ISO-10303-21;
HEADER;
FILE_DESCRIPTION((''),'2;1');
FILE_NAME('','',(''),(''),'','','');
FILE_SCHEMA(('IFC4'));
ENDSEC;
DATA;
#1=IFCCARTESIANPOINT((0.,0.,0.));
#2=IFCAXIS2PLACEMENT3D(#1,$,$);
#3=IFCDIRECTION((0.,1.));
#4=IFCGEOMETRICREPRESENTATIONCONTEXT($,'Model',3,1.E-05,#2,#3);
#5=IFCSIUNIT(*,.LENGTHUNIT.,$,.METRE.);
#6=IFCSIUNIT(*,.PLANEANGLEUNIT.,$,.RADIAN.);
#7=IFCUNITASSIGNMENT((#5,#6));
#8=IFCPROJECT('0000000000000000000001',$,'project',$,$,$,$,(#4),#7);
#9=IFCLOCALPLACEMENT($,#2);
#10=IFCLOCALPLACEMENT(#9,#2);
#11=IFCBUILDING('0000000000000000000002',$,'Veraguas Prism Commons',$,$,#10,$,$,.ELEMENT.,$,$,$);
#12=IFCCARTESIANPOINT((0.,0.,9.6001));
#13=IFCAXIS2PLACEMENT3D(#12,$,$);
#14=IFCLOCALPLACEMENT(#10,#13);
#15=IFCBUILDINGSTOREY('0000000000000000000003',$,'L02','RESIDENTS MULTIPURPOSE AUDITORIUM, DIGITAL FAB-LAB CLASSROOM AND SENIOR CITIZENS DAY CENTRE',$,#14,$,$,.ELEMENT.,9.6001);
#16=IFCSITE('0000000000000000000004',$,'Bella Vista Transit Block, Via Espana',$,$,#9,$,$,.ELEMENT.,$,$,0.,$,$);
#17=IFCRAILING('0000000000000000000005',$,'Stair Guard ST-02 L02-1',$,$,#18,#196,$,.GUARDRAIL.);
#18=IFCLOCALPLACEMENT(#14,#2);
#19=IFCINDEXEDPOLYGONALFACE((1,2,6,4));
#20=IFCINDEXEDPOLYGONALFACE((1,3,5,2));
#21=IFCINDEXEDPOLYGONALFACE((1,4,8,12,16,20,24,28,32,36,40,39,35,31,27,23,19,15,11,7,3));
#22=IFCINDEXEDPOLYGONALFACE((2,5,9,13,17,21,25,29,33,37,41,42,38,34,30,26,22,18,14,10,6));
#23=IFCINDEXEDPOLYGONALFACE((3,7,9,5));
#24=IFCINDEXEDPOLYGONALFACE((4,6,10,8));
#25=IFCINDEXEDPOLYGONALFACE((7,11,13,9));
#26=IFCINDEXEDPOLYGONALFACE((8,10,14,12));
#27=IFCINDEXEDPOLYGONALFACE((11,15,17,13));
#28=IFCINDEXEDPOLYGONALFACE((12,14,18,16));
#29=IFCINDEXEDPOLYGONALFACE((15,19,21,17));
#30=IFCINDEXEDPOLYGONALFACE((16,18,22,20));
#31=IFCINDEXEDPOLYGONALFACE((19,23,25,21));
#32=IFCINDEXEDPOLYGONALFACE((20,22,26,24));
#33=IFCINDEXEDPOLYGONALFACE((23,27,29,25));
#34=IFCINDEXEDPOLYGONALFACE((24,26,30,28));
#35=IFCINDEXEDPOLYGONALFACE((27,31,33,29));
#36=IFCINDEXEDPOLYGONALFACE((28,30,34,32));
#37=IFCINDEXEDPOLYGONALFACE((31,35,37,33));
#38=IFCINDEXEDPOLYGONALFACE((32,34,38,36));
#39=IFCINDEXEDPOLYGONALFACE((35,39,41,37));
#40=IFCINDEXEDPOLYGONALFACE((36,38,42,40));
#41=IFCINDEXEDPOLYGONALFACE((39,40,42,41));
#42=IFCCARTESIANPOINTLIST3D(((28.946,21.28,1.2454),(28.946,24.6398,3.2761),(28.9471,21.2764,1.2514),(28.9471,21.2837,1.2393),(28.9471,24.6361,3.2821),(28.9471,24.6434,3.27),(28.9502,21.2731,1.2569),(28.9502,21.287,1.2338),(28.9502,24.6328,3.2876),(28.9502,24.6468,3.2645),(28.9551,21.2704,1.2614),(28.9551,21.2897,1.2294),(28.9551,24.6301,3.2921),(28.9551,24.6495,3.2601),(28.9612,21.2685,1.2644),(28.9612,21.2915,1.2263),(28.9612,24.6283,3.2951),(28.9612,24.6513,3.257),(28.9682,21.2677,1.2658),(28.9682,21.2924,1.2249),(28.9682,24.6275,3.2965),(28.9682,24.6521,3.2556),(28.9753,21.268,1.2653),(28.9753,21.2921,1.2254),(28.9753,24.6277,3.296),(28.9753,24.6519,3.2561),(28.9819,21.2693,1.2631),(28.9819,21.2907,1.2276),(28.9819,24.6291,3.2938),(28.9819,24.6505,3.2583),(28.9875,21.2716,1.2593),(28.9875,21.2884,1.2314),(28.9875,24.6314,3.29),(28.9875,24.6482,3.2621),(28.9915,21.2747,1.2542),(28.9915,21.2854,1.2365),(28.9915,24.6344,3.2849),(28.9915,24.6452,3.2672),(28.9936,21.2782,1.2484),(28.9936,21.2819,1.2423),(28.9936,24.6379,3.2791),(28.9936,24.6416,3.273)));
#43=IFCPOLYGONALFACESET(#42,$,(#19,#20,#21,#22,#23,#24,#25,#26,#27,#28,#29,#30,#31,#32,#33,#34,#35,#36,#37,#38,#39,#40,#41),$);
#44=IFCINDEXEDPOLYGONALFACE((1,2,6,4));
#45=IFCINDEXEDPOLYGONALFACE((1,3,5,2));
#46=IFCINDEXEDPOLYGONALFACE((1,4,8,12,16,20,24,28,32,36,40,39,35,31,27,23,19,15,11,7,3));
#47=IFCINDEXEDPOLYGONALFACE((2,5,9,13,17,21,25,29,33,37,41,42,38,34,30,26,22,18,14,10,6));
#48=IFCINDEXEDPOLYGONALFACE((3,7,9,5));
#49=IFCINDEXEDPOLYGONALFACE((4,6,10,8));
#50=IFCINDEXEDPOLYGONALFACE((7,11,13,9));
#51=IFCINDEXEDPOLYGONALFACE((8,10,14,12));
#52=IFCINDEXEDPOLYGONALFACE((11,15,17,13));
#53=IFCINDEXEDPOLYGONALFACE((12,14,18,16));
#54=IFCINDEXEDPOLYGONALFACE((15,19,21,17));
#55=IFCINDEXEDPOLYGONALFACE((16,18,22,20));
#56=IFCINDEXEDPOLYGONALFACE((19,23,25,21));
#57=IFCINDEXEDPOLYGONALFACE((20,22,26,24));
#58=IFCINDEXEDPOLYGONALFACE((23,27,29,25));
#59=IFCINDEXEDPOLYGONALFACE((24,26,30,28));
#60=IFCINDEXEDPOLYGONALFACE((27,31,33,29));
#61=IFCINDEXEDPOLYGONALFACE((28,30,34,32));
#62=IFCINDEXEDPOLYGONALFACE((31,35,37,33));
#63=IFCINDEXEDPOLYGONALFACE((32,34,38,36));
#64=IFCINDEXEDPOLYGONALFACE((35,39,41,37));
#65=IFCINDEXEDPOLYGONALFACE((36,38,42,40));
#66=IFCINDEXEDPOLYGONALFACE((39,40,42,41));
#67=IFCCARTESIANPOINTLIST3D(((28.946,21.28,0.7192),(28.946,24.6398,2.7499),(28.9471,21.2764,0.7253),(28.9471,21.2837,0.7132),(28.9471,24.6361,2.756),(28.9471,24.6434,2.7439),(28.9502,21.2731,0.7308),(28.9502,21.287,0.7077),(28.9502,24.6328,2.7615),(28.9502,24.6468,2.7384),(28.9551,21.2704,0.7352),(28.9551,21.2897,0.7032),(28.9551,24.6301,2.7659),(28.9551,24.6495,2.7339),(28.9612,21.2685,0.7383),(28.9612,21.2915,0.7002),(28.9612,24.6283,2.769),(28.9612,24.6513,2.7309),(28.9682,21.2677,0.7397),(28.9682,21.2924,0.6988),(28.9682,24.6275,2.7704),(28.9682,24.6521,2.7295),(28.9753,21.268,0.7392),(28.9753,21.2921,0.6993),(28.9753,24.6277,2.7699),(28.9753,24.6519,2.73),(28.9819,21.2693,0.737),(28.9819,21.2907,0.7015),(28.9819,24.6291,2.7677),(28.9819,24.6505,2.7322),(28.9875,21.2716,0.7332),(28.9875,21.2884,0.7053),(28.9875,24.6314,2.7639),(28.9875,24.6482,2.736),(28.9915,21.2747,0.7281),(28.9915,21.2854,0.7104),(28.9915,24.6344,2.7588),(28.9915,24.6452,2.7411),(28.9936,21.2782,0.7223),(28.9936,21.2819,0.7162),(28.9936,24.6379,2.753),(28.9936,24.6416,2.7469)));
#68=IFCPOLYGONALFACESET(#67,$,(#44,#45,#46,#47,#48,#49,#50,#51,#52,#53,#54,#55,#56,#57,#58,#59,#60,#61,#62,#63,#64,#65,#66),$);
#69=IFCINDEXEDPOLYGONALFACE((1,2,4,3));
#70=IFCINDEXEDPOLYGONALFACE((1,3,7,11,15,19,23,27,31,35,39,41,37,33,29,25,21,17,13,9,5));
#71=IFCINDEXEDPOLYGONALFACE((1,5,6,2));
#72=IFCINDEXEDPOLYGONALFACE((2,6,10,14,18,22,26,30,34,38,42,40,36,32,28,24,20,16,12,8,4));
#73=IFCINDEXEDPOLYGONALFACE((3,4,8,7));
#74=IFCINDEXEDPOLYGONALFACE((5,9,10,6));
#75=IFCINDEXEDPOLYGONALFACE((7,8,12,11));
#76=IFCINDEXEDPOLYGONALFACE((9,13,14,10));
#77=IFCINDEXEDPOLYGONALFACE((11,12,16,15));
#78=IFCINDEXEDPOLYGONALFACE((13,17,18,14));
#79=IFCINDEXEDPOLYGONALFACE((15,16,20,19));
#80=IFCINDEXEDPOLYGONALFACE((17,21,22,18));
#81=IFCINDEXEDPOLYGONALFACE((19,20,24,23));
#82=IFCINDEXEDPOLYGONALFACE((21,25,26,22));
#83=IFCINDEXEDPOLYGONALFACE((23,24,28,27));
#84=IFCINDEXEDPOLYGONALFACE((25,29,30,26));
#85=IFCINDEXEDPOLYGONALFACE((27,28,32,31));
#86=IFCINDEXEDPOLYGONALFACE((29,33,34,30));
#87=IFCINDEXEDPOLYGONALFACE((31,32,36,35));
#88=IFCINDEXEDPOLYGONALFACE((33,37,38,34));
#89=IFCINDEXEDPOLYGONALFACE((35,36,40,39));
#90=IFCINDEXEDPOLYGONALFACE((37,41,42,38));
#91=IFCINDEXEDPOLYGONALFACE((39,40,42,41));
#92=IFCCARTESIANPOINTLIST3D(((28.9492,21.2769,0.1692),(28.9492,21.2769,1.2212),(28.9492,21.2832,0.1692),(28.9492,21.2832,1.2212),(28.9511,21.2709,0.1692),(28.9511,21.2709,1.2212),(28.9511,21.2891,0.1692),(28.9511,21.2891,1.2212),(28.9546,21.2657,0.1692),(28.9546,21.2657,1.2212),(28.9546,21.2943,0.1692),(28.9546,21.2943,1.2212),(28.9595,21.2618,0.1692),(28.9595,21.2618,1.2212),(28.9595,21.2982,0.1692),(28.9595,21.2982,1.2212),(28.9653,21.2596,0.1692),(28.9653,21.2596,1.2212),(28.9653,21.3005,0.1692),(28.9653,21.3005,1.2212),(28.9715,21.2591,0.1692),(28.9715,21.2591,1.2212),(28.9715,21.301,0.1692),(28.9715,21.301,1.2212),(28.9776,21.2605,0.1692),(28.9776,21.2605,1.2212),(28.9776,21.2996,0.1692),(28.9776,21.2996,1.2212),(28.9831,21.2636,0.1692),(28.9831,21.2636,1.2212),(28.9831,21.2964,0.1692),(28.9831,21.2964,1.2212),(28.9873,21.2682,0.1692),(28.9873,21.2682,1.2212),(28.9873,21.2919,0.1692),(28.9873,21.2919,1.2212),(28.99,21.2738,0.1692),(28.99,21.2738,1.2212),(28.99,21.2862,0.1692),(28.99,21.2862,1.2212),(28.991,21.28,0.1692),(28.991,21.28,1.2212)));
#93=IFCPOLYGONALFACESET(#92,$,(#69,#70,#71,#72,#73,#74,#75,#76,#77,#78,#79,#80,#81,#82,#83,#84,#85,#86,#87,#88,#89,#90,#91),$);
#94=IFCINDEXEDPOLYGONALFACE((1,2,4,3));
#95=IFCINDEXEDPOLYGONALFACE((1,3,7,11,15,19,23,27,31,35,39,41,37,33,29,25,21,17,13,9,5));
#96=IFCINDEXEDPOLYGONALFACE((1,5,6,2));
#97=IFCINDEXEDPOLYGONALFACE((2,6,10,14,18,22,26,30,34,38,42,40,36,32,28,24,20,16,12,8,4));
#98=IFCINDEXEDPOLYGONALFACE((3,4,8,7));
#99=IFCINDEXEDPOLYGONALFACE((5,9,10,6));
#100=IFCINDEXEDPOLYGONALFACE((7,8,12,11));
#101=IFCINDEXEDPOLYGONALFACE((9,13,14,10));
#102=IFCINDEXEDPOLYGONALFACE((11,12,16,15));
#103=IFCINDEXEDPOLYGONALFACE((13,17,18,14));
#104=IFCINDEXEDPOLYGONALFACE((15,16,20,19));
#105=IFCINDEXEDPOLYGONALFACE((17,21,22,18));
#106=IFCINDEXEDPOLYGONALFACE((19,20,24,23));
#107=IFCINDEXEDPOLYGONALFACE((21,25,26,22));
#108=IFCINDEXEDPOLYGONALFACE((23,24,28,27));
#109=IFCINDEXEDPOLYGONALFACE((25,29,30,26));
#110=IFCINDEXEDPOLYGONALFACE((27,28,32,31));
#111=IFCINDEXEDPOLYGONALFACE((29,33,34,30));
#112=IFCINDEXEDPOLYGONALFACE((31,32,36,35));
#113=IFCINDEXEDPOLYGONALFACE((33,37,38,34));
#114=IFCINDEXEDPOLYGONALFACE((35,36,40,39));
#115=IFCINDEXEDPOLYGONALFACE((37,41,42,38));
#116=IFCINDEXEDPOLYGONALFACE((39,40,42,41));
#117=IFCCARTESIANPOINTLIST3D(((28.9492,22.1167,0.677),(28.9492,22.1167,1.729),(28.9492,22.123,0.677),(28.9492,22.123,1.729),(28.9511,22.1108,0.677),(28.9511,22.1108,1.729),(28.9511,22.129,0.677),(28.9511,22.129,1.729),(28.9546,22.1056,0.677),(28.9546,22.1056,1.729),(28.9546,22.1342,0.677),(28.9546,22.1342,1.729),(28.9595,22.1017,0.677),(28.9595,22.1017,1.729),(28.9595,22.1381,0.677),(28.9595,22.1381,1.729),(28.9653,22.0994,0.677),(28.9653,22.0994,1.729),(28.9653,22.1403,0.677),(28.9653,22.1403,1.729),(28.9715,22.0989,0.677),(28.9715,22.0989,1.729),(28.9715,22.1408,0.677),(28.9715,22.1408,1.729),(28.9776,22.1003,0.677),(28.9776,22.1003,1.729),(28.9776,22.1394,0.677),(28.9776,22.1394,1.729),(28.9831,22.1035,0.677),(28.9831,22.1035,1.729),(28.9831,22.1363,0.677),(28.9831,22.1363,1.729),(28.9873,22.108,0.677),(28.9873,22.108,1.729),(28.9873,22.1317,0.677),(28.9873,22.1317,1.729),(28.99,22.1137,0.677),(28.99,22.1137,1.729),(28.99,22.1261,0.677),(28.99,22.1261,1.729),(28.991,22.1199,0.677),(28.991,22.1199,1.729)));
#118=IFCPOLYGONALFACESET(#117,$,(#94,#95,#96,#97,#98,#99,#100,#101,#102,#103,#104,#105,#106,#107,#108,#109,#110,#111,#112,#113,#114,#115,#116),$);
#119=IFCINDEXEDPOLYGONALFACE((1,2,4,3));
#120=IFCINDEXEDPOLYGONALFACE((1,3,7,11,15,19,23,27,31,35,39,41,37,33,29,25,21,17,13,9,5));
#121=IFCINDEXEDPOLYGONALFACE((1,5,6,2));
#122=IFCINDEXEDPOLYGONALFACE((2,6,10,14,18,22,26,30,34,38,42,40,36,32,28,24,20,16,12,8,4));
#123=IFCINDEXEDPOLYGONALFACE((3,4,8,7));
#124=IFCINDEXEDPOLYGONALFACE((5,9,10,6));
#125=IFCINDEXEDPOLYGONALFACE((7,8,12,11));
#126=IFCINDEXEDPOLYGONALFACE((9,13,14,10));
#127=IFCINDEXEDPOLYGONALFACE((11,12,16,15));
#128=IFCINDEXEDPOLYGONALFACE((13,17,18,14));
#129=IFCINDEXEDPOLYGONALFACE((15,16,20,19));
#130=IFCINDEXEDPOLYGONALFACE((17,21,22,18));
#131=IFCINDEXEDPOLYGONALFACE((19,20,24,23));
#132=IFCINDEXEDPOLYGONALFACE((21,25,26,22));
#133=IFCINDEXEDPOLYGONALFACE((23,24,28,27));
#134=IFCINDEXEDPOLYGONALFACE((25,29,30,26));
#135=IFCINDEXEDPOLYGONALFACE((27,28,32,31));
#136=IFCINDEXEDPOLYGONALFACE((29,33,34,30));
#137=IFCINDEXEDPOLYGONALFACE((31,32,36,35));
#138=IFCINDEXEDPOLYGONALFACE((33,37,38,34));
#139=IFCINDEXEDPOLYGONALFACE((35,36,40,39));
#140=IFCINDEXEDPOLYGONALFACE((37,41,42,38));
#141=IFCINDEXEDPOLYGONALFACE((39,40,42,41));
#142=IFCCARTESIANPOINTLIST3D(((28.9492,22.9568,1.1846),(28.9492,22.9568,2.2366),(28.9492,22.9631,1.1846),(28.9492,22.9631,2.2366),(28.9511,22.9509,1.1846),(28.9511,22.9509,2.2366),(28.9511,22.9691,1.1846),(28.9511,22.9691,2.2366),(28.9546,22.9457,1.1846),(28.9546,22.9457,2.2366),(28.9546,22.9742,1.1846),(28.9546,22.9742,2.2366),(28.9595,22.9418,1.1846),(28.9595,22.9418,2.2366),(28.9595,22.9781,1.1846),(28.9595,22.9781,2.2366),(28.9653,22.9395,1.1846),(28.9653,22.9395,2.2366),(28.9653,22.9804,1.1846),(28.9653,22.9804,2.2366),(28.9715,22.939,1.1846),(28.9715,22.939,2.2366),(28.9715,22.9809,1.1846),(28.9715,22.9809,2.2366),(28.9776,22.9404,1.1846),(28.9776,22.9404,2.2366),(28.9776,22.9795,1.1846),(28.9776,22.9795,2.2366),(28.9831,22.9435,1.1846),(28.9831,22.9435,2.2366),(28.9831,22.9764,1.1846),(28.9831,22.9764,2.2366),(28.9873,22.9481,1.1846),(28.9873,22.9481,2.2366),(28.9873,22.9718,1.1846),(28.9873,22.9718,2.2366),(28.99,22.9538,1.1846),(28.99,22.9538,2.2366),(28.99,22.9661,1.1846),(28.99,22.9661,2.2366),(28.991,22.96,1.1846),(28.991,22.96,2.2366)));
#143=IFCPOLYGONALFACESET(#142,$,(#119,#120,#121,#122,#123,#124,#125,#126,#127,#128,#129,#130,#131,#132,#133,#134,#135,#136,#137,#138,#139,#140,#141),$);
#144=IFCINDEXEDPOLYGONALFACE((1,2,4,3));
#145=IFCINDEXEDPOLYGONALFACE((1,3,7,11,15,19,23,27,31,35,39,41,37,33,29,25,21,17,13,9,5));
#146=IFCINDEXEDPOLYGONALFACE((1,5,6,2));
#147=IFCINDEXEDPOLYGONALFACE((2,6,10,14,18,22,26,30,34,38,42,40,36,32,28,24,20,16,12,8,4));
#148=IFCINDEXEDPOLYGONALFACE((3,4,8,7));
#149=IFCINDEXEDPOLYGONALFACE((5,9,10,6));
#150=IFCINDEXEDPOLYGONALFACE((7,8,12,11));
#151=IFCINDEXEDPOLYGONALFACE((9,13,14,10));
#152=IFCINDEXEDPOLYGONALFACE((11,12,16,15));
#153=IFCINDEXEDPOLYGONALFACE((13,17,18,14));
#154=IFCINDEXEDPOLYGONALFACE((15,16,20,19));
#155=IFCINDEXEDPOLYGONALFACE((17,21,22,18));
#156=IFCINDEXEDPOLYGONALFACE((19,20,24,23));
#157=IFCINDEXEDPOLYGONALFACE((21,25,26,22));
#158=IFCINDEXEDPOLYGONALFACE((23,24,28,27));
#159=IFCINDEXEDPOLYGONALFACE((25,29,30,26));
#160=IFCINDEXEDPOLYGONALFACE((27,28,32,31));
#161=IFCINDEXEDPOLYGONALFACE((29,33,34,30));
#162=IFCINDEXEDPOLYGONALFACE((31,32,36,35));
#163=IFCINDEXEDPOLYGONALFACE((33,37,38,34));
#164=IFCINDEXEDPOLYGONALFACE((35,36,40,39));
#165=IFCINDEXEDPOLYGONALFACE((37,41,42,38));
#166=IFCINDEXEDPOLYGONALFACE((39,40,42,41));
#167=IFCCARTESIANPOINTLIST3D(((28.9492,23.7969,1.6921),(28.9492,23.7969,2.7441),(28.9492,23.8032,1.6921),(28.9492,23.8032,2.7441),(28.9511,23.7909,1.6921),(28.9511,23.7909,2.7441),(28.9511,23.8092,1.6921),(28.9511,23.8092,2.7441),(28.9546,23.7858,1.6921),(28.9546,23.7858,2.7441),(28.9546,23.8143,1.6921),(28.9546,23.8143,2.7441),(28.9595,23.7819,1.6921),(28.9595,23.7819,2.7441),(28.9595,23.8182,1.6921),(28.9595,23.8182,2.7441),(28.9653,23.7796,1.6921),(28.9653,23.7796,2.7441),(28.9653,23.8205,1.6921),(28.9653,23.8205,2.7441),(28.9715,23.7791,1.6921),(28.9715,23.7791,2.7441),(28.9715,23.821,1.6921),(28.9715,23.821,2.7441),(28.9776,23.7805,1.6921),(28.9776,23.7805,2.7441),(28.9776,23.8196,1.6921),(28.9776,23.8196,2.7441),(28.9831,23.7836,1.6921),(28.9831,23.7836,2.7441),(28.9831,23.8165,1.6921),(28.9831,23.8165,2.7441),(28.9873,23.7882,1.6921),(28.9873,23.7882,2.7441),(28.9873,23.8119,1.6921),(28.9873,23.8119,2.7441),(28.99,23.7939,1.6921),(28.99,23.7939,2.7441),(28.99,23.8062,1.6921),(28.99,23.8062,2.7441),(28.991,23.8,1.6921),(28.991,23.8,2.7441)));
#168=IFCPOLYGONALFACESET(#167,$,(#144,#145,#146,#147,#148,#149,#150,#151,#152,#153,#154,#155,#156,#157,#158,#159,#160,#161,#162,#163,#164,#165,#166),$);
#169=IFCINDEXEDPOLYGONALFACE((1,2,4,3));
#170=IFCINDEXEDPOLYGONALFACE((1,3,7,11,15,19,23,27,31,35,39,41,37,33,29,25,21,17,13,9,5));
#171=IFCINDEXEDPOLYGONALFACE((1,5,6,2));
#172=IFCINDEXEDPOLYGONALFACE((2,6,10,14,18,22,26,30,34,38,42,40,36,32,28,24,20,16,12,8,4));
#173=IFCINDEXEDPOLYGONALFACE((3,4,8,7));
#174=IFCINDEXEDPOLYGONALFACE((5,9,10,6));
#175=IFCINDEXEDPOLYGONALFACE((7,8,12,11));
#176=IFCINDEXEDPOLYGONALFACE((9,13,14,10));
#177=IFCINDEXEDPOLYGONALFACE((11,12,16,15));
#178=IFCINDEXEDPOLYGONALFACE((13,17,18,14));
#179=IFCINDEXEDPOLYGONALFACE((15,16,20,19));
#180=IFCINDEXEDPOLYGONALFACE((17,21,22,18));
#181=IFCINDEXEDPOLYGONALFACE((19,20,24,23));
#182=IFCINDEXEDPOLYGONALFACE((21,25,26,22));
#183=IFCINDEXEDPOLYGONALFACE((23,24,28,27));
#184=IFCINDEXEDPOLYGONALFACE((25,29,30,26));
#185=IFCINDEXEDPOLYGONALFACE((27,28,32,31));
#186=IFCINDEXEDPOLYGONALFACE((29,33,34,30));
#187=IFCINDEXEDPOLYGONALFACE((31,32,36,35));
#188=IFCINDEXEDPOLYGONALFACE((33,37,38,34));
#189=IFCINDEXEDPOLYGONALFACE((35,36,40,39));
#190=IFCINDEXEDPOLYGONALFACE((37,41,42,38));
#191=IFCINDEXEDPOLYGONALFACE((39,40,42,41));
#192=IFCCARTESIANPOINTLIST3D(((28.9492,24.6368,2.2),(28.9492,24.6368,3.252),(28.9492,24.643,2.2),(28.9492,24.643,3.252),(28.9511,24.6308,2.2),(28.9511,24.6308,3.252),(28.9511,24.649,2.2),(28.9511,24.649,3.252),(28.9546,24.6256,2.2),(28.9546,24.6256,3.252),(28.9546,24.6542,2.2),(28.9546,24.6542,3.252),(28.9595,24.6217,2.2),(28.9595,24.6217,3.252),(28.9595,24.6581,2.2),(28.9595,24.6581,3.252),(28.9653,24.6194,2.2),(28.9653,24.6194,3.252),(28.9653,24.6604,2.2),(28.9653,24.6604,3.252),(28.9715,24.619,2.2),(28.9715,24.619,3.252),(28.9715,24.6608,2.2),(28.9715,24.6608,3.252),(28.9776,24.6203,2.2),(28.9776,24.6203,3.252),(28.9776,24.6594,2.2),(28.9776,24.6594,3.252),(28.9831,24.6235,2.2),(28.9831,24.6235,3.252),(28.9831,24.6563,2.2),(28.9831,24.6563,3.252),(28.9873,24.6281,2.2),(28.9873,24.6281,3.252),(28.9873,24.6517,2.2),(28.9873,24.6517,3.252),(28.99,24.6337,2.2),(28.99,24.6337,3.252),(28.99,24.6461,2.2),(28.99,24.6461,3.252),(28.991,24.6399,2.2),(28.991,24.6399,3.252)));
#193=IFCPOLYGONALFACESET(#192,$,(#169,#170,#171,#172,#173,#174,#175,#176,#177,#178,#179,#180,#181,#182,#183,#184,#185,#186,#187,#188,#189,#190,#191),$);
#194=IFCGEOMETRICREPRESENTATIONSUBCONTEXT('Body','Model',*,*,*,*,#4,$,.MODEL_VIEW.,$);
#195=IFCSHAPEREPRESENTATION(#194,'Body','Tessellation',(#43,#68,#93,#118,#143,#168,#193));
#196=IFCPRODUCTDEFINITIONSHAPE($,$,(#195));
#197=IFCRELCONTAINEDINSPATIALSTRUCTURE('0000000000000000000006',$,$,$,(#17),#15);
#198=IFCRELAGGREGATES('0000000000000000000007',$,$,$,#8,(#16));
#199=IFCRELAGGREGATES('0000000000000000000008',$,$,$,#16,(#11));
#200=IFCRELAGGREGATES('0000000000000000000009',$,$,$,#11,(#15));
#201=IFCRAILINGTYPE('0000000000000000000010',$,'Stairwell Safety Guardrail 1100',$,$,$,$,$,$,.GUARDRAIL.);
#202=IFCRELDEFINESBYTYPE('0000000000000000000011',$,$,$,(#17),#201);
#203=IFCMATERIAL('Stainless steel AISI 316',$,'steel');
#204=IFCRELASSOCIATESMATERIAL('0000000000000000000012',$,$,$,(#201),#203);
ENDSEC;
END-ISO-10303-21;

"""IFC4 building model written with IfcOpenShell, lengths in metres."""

from ifc_helpers import new_model, si_unit, direction, frame, origin, origin_2d, place, context, subcontext, project, spatial, circle, extrude, material, type_object, element, save


model = new_model("IFC4")

# Units and contexts
model_context = context("Model", 3, precision=1e-05, world=origin(), true_north=direction((0.0, 1.0)))
body_context = subcontext(model_context, "Body", "Model", "MODEL_VIEW")
ifc_project = project(units=[si_unit("LENGTHUNIT", "METRE"), si_unit("PLANEANGLEUNIT", "RADIAN")], contexts=[model_context])

# Site, building, storey
site_placement = place(None, origin())
site = spatial("IfcSite", under=ifc_project, at=site_placement, Name="Bella Vista Transit Block, Via Espana", CompositionType="ELEMENT", RefElevation=0.0)
building_placement = place(site_placement, origin())
building = spatial("IfcBuilding", under=site, at=building_placement, Name="Veraguas Prism Commons", CompositionType="ELEMENT")
storey_placement = place(building_placement, frame((0.0, 0.0, 9.6001)))
storey = spatial("IfcBuildingStorey", under=building, at=storey_placement, Name="L02", Description="RESIDENTS MULTIPURPOSE AUDITORIUM, DIGITAL FAB-LAB CLASSROOM AND SENIOR CITIZENS DAY CENTRE", CompositionType="ELEMENT", Elevation=9.6001)

# Railing
ifc_material_1 = material(Name="Stainless steel AISI 316", Category="steel")
railing_type = type_object("IfcRailingType", Name="Stairwell Safety Guardrail 1100", PredefinedType="GUARDRAIL", material=ifc_material_1)
railing_1_placement = place(storey_placement, frame((28.97, 21.28, 0.1692)))
element("IfcRailing", 1, at=railing_1_placement, inside=storey, type_object=railing_type, Name="Stair Guard ST-02 L02-1", PredefinedType="GUARDRAIL", context=body_context, shape_type="SweptSolid", body=[
    extrude(circle(Radius=0.0239, at=origin_2d()), frame((0.0, 0.0, 1.0762), z_axis=(0.0, 0.85582, 0.517273), x_axis=(-1.0, 0.0, 0.0)), (0.0, 0.0, 1.0), 3.9258),
    extrude(circle(Radius=0.0239, at=origin_2d()), frame((0.0, 0.0, 0.55), z_axis=(0.0, 0.85582, 0.517273), x_axis=(-1.0, 0.0, 0.0)), (0.0, 0.0, 1.0), 3.9258),
    extrude(circle(Radius=0.021, at=origin_2d()), origin(), (0.0, 0.0, 1.0), 1.052),
    extrude(circle(Radius=0.021, at=origin_2d()), frame((0.0, 0.8398, 0.5078)), (0.0, 0.0, 1.0), 1.052),
    extrude(circle(Radius=0.021, at=origin_2d()), frame((0.0, 1.6799, 1.0154)), (0.0, 0.0, 1.0), 1.052),
    extrude(circle(Radius=0.021, at=origin_2d()), frame((0.0, 2.52, 1.5229)), (0.0, 0.0, 1.0), 1.052),
    extrude(circle(Radius=0.021, at=origin_2d()), frame((0.0, 3.3599, 2.0308)), (0.0, 0.0, 1.0), 1.052),
])

save(model, "model.ifc")
